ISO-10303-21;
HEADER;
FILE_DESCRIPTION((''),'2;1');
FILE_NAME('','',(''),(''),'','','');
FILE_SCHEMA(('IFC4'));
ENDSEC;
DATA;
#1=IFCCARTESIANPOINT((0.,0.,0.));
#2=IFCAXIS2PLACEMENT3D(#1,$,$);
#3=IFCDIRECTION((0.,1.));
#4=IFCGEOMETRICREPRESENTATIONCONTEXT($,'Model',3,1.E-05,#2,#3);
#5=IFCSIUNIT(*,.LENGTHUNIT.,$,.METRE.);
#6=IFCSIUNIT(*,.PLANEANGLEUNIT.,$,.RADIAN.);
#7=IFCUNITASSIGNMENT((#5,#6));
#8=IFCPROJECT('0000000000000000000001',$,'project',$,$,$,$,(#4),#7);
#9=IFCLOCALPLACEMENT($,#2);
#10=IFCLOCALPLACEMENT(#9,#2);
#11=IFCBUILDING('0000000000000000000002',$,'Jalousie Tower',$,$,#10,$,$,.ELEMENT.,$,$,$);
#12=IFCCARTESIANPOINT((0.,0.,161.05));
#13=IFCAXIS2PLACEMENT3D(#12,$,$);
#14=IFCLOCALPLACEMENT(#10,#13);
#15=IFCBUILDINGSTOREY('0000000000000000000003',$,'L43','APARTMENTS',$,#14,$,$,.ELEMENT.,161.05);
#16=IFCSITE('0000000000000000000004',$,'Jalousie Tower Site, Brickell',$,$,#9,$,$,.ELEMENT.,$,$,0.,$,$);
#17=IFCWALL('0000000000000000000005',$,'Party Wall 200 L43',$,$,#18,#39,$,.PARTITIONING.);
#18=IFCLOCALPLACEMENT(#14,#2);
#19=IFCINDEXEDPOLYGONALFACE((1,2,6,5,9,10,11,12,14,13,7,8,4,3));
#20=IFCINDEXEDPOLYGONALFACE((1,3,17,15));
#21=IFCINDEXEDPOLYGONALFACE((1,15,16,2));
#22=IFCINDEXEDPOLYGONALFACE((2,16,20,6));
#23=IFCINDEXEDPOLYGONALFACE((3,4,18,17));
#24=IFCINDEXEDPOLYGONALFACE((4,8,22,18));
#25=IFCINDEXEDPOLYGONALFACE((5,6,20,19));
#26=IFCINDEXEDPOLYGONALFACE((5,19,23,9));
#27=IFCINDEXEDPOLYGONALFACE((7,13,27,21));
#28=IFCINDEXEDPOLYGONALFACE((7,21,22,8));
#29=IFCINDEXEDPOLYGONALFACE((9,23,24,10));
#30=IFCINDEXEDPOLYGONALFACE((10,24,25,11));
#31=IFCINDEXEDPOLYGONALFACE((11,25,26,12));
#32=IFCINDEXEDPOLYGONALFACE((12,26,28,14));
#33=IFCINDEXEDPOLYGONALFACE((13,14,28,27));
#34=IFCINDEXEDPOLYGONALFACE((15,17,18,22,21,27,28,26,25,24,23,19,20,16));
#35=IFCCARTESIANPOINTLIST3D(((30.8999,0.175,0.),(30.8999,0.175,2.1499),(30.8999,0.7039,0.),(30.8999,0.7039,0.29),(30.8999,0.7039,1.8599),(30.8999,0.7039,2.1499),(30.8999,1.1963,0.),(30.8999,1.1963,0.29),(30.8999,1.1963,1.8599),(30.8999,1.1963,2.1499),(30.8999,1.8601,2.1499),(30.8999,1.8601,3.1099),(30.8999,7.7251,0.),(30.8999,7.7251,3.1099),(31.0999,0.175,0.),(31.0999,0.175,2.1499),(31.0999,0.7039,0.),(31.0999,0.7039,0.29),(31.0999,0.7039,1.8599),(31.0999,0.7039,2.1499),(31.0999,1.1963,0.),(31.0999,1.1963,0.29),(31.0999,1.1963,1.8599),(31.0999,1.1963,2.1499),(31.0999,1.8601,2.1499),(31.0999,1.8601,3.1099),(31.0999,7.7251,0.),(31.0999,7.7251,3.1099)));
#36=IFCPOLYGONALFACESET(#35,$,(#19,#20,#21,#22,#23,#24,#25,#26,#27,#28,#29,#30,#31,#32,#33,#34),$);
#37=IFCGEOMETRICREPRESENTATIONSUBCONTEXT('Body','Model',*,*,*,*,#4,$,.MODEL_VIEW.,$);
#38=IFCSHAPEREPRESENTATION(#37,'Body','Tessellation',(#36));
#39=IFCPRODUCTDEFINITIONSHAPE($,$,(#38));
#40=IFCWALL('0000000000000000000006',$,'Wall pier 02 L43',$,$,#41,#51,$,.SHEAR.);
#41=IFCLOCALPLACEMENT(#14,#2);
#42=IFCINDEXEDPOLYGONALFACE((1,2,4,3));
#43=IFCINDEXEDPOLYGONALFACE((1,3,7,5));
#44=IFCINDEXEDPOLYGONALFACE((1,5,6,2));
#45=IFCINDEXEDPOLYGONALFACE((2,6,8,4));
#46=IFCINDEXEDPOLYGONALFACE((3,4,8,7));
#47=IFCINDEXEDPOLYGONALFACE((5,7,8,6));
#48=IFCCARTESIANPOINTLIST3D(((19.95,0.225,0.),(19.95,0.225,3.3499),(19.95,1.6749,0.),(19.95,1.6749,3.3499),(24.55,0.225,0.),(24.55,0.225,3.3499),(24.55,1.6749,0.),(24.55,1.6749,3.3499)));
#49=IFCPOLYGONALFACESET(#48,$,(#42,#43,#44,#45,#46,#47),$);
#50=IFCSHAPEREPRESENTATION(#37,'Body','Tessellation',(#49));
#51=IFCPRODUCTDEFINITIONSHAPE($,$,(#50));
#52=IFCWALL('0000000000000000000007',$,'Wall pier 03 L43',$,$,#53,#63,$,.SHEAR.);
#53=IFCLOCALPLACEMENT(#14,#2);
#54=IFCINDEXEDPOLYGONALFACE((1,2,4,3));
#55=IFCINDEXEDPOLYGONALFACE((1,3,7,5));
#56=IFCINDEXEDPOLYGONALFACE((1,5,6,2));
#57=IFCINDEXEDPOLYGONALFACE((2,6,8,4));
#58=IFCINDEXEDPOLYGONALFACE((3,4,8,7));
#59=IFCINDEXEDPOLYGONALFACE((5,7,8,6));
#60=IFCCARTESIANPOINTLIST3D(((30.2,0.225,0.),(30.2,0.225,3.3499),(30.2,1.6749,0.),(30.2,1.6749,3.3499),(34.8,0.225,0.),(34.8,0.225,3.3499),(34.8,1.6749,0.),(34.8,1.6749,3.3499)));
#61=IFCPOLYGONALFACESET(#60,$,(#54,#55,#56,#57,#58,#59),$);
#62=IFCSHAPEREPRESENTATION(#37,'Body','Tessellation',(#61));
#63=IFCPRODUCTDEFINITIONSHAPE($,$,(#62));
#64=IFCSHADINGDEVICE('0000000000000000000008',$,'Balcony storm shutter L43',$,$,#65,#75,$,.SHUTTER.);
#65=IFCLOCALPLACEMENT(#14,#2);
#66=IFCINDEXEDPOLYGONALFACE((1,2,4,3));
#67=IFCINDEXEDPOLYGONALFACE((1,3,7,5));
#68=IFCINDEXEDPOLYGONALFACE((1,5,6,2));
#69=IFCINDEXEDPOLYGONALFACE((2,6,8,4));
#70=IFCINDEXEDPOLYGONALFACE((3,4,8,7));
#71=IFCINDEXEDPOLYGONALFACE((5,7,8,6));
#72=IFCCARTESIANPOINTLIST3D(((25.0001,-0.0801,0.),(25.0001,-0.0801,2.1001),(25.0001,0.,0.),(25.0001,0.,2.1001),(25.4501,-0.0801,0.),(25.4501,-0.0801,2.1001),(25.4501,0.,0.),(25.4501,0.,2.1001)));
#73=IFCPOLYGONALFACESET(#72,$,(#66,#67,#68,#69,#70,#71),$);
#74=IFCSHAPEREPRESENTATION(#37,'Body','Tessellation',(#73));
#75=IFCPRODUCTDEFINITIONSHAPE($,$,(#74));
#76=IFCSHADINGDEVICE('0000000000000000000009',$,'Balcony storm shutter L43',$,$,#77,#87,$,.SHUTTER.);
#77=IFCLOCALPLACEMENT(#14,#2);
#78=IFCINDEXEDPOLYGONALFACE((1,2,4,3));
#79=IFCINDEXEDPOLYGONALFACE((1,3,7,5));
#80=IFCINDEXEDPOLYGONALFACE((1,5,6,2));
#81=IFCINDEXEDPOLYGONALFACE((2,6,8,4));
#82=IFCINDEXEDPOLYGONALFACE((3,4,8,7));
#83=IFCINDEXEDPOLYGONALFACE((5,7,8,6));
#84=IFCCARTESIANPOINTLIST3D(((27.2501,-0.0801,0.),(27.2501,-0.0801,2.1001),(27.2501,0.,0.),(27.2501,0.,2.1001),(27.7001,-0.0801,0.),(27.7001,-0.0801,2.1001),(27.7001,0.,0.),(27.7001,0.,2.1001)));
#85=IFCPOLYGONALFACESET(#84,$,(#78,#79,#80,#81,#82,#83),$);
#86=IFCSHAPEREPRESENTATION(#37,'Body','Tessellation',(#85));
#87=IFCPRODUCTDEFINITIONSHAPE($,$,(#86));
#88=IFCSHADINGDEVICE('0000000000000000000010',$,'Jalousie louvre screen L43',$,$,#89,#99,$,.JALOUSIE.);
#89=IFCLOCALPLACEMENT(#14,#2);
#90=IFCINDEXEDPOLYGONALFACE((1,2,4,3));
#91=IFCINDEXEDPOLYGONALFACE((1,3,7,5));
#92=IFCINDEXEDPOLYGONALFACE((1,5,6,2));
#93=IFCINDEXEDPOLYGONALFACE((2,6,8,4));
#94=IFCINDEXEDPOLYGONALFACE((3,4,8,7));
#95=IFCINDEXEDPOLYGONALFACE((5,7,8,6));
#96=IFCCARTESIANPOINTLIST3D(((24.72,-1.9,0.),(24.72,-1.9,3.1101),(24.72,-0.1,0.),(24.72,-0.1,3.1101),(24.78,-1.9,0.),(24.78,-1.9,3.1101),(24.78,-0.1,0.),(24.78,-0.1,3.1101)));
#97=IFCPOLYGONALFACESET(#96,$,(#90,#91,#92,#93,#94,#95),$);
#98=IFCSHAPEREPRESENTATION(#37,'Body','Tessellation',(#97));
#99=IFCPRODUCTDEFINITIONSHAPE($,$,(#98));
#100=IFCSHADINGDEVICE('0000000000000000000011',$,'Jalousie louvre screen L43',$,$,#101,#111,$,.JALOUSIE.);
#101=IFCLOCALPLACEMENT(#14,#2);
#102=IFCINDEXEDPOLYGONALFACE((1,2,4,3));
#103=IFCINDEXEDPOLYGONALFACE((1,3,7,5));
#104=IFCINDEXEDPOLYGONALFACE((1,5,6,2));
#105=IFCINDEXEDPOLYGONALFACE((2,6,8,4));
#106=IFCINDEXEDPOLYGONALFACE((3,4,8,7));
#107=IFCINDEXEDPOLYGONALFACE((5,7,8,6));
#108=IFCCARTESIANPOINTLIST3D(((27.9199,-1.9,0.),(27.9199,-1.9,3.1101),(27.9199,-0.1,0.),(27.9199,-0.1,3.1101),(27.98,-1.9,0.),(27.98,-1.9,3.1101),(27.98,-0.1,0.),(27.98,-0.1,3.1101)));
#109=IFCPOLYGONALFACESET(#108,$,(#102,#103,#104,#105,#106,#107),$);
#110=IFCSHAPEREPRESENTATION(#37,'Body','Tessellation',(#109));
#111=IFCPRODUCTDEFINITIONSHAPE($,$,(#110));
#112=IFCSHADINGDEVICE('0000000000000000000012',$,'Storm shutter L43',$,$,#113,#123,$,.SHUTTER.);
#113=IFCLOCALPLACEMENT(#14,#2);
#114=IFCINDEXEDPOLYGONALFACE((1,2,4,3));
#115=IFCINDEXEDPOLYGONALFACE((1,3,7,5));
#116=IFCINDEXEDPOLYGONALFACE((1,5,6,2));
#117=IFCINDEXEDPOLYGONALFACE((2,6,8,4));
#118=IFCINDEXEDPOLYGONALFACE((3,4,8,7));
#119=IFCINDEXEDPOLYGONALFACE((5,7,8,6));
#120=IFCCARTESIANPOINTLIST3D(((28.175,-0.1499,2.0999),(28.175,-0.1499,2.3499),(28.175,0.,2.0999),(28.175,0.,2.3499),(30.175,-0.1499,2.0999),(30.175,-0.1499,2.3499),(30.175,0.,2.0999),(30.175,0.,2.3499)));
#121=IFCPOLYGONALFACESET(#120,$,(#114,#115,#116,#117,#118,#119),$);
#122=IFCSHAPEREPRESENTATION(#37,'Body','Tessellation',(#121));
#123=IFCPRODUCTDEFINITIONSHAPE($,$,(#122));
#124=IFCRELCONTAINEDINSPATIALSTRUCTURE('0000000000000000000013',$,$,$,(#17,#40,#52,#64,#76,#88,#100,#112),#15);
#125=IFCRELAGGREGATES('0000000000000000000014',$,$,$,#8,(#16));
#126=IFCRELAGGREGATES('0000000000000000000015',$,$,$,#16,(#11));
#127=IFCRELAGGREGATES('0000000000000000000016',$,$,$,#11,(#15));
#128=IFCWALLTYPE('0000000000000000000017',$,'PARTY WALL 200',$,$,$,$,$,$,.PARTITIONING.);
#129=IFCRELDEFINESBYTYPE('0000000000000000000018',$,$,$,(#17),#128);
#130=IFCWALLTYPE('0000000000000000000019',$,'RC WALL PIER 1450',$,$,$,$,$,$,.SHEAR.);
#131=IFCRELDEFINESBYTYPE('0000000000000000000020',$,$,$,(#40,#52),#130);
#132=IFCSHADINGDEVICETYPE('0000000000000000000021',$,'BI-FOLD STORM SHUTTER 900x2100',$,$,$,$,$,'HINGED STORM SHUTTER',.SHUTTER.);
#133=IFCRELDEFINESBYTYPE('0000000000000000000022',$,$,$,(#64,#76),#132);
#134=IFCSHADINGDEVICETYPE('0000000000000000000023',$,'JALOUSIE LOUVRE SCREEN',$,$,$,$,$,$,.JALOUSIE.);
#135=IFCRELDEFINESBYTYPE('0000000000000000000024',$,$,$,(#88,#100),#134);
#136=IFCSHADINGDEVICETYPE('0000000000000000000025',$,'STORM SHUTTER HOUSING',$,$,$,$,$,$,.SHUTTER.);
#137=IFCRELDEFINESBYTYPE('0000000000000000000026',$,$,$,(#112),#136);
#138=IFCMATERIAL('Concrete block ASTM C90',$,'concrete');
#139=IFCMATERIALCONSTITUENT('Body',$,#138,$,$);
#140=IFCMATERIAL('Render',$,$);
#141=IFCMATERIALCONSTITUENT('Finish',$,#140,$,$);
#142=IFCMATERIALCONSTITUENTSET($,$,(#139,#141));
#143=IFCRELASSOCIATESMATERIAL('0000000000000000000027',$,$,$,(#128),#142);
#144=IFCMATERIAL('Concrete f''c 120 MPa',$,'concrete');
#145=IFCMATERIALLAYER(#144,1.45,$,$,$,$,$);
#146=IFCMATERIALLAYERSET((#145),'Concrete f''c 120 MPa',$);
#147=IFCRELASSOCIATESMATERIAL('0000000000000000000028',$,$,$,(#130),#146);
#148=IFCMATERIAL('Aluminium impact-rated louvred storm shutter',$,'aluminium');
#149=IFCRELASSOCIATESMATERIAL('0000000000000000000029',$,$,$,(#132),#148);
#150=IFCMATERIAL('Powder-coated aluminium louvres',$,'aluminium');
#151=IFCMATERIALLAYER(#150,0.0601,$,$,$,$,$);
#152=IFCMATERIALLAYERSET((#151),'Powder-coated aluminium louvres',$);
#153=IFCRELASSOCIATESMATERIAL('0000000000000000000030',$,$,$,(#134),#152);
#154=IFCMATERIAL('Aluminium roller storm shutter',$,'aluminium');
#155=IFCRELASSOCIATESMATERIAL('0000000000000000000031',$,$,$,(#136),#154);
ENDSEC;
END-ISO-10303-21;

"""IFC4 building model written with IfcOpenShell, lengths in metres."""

from ifc_helpers import new_model, si_unit, direction, frame, frame_2d, origin, origin_2d, place, context, subcontext, project, spatial, polyline, rectangle, outline, extrude, material, layer, layer_set, constituent, constituent_set, type_object, element, save


model = new_model("IFC4")

# Units and contexts
model_context = context("Model", 3, precision=1e-05, world=origin(), true_north=direction((0.0, 1.0)))
body_context = subcontext(model_context, "Body", "Model", "MODEL_VIEW")
ifc_project = project(units=[si_unit("LENGTHUNIT", "METRE"), si_unit("PLANEANGLEUNIT", "RADIAN")], contexts=[model_context])

# Site, building, storey
site_placement = place(None, origin())
site = spatial("IfcSite", under=ifc_project, at=site_placement, Name="Jalousie Tower Site, Brickell", CompositionType="ELEMENT", RefElevation=0.0)
building_placement = place(site_placement, origin())
building = spatial("IfcBuilding", under=site, at=building_placement, Name="Jalousie Tower", CompositionType="ELEMENT")
storey_placement = place(building_placement, frame((0.0, 0.0, 161.05)))
storey = spatial("IfcBuildingStorey", under=building, at=storey_placement, Name="L43", Description="APARTMENTS", CompositionType="ELEMENT", Elevation=161.05)

# Walls
ifc_material_1 = material(Name="Concrete block ASTM C90", Category="concrete")
ifc_constituent_1 = constituent(ifc_material_1, Name="Body")
ifc_material_2 = material(Name="Render")
ifc_constituent_2 = constituent(ifc_material_2, Name="Finish")
ifc_constituent_set_1 = constituent_set(constituents=[ifc_constituent_1, ifc_constituent_2])
wall_type_1 = type_object("IfcWallType", Name="PARTY WALL 200", PredefinedType="PARTITIONING", material=ifc_constituent_set_1)
wall_1_placement = place(storey_placement, frame((31.0, 0.175, 0.0), z_axis=(0.0, 0.0, 1.0), x_axis=(0.0, 1.0, 0.0)))
element("IfcWall", 1, at=wall_1_placement, inside=storey, type_object=wall_type_1, Name="Party Wall 200 L43", PredefinedType="PARTITIONING", context=body_context, shape_type="SweptSolid", body=[
    extrude(outline(polyline([(0.5288, 2.1499), (0.0, 2.1499), (0.0, 0.0), (0.5288, 0.0), (0.5288, 0.29), (1.0212, 0.29), (1.0212, 0.0), (7.55, 0.0), (7.55, 3.1099), (1.6851, 3.1099), (1.6851, 2.1499), (1.0212, 2.1499), (1.0212, 1.8599), (0.5288, 1.8599), (0.5288, 2.1499)])), frame((0.0, 0.1001, 0.0), z_axis=(0.0, -1.0, 0.0), x_axis=(1.0, 0.0, 0.0)), (0.0, 0.0, 1.0), 0.2),
])
ifc_material_3 = material(Name="Concrete f'c 120 MPa", Category="concrete")
ifc_layer_1 = layer(ifc_material_3, 1.45)
ifc_layer_set_1 = layer_set([ifc_layer_1], Name="Concrete f'c 120 MPa")
wall_type_2 = type_object("IfcWallType", Name="RC WALL PIER 1450", PredefinedType="SHEAR", material=ifc_layer_set_1)
for number, where, z_axis, x_axis, name in (
    (2, (19.95, 0.95, 0.0), (0.0, 0.0, 1.0), (1.0, 0.0, 0.0), "Wall pier 02 L43"),
    (3, (30.2, 0.95, 0.0), (0.0, 0.0, 1.0), (1.0, 0.0, 0.0), "Wall pier 03 L43"),
):
    element("IfcWall", number, at=place(storey_placement, frame(where, z_axis=z_axis, x_axis=x_axis)), inside=storey, type_object=wall_type_2, Name=name, PredefinedType="SHEAR", context=body_context, shape_type="SweptSolid", body=[
        extrude(rectangle(XDim=4.6001, YDim=1.45, at=frame_2d((2.3, 0.0))), origin(), (0.0, 0.0, 1.0), 3.3499),
    ])

# Shading devices
ifc_material_4 = material(Name="Aluminium impact-rated louvred storm shutter", Category="aluminium")
shading_device_type_1 = type_object("IfcShadingDeviceType", Name="BI-FOLD STORM SHUTTER 900x2100", ElementType="HINGED STORM SHUTTER", PredefinedType="SHUTTER", material=ifc_material_4)
for number, where, z_axis, x_axis, name in (
    (4, (25.2251, -0.04, 0.0), (0.0, 0.0, 1.0), (1.0, 0.0, 0.0), "Balcony storm shutter L43"),
    (5, (27.4751, -0.04, 0.0), (0.0, 0.0, 1.0), (1.0, 0.0, 0.0), "Balcony storm shutter L43"),
):
    element("IfcShadingDevice", number, at=place(storey_placement, frame(where, z_axis=z_axis, x_axis=x_axis)), inside=storey, type_object=shading_device_type_1, Name=name, PredefinedType="SHUTTER", context=body_context, shape_type="SweptSolid", body=[
        extrude(rectangle(XDim=0.45, YDim=0.0801, at=origin_2d()), origin(), (0.0, 0.0, 1.0), 2.1001),
    ])

# Shading devices
ifc_material_5 = material(Name="Powder-coated aluminium louvres", Category="aluminium")
ifc_layer_2 = layer(ifc_material_5, 0.0601)
ifc_layer_set_2 = layer_set([ifc_layer_2], Name="Powder-coated aluminium louvres")
shading_device_type_2 = type_object("IfcShadingDeviceType", Name="JALOUSIE LOUVRE SCREEN", PredefinedType="JALOUSIE", material=ifc_layer_set_2)
for number, where, z_axis, x_axis, name in (
    (6, (24.75, -1.0, 0.0), (0.0, 0.0, 1.0), (1.0, 0.0, 0.0), "Jalousie louvre screen L43"),
    (7, (27.95, -1.0, 0.0), (0.0, 0.0, 1.0), (1.0, 0.0, 0.0), "Jalousie louvre screen L43"),
):
    element("IfcShadingDevice", number, at=place(storey_placement, frame(where, z_axis=z_axis, x_axis=x_axis)), inside=storey, type_object=shading_device_type_2, Name=name, PredefinedType="JALOUSIE", context=body_context, shape_type="SweptSolid", body=[
        extrude(rectangle(XDim=0.0601, YDim=1.8, at=origin_2d()), origin(), (0.0, 0.0, 1.0), 3.1101),
    ])
ifc_material_6 = material(Name="Aluminium roller storm shutter", Category="aluminium")
shading_device_type_3 = type_object("IfcShadingDeviceType", Name="STORM SHUTTER HOUSING", PredefinedType="SHUTTER", material=ifc_material_6)
shading_device_placement = place(storey_placement, frame((29.175, -0.075, 2.0999), z_axis=(0.0, 0.0, 1.0), x_axis=(1.0, 0.0, 0.0)))
element("IfcShadingDevice", 8, at=shading_device_placement, inside=storey, type_object=shading_device_type_3, Name="Storm shutter L43", PredefinedType="SHUTTER", context=body_context, shape_type="SweptSolid", body=[
    extrude(rectangle(XDim=2.0, YDim=0.1499, at=origin_2d()), origin(), (0.0, 0.0, 1.0), 0.25),
])

save(model, "model.ifc")
